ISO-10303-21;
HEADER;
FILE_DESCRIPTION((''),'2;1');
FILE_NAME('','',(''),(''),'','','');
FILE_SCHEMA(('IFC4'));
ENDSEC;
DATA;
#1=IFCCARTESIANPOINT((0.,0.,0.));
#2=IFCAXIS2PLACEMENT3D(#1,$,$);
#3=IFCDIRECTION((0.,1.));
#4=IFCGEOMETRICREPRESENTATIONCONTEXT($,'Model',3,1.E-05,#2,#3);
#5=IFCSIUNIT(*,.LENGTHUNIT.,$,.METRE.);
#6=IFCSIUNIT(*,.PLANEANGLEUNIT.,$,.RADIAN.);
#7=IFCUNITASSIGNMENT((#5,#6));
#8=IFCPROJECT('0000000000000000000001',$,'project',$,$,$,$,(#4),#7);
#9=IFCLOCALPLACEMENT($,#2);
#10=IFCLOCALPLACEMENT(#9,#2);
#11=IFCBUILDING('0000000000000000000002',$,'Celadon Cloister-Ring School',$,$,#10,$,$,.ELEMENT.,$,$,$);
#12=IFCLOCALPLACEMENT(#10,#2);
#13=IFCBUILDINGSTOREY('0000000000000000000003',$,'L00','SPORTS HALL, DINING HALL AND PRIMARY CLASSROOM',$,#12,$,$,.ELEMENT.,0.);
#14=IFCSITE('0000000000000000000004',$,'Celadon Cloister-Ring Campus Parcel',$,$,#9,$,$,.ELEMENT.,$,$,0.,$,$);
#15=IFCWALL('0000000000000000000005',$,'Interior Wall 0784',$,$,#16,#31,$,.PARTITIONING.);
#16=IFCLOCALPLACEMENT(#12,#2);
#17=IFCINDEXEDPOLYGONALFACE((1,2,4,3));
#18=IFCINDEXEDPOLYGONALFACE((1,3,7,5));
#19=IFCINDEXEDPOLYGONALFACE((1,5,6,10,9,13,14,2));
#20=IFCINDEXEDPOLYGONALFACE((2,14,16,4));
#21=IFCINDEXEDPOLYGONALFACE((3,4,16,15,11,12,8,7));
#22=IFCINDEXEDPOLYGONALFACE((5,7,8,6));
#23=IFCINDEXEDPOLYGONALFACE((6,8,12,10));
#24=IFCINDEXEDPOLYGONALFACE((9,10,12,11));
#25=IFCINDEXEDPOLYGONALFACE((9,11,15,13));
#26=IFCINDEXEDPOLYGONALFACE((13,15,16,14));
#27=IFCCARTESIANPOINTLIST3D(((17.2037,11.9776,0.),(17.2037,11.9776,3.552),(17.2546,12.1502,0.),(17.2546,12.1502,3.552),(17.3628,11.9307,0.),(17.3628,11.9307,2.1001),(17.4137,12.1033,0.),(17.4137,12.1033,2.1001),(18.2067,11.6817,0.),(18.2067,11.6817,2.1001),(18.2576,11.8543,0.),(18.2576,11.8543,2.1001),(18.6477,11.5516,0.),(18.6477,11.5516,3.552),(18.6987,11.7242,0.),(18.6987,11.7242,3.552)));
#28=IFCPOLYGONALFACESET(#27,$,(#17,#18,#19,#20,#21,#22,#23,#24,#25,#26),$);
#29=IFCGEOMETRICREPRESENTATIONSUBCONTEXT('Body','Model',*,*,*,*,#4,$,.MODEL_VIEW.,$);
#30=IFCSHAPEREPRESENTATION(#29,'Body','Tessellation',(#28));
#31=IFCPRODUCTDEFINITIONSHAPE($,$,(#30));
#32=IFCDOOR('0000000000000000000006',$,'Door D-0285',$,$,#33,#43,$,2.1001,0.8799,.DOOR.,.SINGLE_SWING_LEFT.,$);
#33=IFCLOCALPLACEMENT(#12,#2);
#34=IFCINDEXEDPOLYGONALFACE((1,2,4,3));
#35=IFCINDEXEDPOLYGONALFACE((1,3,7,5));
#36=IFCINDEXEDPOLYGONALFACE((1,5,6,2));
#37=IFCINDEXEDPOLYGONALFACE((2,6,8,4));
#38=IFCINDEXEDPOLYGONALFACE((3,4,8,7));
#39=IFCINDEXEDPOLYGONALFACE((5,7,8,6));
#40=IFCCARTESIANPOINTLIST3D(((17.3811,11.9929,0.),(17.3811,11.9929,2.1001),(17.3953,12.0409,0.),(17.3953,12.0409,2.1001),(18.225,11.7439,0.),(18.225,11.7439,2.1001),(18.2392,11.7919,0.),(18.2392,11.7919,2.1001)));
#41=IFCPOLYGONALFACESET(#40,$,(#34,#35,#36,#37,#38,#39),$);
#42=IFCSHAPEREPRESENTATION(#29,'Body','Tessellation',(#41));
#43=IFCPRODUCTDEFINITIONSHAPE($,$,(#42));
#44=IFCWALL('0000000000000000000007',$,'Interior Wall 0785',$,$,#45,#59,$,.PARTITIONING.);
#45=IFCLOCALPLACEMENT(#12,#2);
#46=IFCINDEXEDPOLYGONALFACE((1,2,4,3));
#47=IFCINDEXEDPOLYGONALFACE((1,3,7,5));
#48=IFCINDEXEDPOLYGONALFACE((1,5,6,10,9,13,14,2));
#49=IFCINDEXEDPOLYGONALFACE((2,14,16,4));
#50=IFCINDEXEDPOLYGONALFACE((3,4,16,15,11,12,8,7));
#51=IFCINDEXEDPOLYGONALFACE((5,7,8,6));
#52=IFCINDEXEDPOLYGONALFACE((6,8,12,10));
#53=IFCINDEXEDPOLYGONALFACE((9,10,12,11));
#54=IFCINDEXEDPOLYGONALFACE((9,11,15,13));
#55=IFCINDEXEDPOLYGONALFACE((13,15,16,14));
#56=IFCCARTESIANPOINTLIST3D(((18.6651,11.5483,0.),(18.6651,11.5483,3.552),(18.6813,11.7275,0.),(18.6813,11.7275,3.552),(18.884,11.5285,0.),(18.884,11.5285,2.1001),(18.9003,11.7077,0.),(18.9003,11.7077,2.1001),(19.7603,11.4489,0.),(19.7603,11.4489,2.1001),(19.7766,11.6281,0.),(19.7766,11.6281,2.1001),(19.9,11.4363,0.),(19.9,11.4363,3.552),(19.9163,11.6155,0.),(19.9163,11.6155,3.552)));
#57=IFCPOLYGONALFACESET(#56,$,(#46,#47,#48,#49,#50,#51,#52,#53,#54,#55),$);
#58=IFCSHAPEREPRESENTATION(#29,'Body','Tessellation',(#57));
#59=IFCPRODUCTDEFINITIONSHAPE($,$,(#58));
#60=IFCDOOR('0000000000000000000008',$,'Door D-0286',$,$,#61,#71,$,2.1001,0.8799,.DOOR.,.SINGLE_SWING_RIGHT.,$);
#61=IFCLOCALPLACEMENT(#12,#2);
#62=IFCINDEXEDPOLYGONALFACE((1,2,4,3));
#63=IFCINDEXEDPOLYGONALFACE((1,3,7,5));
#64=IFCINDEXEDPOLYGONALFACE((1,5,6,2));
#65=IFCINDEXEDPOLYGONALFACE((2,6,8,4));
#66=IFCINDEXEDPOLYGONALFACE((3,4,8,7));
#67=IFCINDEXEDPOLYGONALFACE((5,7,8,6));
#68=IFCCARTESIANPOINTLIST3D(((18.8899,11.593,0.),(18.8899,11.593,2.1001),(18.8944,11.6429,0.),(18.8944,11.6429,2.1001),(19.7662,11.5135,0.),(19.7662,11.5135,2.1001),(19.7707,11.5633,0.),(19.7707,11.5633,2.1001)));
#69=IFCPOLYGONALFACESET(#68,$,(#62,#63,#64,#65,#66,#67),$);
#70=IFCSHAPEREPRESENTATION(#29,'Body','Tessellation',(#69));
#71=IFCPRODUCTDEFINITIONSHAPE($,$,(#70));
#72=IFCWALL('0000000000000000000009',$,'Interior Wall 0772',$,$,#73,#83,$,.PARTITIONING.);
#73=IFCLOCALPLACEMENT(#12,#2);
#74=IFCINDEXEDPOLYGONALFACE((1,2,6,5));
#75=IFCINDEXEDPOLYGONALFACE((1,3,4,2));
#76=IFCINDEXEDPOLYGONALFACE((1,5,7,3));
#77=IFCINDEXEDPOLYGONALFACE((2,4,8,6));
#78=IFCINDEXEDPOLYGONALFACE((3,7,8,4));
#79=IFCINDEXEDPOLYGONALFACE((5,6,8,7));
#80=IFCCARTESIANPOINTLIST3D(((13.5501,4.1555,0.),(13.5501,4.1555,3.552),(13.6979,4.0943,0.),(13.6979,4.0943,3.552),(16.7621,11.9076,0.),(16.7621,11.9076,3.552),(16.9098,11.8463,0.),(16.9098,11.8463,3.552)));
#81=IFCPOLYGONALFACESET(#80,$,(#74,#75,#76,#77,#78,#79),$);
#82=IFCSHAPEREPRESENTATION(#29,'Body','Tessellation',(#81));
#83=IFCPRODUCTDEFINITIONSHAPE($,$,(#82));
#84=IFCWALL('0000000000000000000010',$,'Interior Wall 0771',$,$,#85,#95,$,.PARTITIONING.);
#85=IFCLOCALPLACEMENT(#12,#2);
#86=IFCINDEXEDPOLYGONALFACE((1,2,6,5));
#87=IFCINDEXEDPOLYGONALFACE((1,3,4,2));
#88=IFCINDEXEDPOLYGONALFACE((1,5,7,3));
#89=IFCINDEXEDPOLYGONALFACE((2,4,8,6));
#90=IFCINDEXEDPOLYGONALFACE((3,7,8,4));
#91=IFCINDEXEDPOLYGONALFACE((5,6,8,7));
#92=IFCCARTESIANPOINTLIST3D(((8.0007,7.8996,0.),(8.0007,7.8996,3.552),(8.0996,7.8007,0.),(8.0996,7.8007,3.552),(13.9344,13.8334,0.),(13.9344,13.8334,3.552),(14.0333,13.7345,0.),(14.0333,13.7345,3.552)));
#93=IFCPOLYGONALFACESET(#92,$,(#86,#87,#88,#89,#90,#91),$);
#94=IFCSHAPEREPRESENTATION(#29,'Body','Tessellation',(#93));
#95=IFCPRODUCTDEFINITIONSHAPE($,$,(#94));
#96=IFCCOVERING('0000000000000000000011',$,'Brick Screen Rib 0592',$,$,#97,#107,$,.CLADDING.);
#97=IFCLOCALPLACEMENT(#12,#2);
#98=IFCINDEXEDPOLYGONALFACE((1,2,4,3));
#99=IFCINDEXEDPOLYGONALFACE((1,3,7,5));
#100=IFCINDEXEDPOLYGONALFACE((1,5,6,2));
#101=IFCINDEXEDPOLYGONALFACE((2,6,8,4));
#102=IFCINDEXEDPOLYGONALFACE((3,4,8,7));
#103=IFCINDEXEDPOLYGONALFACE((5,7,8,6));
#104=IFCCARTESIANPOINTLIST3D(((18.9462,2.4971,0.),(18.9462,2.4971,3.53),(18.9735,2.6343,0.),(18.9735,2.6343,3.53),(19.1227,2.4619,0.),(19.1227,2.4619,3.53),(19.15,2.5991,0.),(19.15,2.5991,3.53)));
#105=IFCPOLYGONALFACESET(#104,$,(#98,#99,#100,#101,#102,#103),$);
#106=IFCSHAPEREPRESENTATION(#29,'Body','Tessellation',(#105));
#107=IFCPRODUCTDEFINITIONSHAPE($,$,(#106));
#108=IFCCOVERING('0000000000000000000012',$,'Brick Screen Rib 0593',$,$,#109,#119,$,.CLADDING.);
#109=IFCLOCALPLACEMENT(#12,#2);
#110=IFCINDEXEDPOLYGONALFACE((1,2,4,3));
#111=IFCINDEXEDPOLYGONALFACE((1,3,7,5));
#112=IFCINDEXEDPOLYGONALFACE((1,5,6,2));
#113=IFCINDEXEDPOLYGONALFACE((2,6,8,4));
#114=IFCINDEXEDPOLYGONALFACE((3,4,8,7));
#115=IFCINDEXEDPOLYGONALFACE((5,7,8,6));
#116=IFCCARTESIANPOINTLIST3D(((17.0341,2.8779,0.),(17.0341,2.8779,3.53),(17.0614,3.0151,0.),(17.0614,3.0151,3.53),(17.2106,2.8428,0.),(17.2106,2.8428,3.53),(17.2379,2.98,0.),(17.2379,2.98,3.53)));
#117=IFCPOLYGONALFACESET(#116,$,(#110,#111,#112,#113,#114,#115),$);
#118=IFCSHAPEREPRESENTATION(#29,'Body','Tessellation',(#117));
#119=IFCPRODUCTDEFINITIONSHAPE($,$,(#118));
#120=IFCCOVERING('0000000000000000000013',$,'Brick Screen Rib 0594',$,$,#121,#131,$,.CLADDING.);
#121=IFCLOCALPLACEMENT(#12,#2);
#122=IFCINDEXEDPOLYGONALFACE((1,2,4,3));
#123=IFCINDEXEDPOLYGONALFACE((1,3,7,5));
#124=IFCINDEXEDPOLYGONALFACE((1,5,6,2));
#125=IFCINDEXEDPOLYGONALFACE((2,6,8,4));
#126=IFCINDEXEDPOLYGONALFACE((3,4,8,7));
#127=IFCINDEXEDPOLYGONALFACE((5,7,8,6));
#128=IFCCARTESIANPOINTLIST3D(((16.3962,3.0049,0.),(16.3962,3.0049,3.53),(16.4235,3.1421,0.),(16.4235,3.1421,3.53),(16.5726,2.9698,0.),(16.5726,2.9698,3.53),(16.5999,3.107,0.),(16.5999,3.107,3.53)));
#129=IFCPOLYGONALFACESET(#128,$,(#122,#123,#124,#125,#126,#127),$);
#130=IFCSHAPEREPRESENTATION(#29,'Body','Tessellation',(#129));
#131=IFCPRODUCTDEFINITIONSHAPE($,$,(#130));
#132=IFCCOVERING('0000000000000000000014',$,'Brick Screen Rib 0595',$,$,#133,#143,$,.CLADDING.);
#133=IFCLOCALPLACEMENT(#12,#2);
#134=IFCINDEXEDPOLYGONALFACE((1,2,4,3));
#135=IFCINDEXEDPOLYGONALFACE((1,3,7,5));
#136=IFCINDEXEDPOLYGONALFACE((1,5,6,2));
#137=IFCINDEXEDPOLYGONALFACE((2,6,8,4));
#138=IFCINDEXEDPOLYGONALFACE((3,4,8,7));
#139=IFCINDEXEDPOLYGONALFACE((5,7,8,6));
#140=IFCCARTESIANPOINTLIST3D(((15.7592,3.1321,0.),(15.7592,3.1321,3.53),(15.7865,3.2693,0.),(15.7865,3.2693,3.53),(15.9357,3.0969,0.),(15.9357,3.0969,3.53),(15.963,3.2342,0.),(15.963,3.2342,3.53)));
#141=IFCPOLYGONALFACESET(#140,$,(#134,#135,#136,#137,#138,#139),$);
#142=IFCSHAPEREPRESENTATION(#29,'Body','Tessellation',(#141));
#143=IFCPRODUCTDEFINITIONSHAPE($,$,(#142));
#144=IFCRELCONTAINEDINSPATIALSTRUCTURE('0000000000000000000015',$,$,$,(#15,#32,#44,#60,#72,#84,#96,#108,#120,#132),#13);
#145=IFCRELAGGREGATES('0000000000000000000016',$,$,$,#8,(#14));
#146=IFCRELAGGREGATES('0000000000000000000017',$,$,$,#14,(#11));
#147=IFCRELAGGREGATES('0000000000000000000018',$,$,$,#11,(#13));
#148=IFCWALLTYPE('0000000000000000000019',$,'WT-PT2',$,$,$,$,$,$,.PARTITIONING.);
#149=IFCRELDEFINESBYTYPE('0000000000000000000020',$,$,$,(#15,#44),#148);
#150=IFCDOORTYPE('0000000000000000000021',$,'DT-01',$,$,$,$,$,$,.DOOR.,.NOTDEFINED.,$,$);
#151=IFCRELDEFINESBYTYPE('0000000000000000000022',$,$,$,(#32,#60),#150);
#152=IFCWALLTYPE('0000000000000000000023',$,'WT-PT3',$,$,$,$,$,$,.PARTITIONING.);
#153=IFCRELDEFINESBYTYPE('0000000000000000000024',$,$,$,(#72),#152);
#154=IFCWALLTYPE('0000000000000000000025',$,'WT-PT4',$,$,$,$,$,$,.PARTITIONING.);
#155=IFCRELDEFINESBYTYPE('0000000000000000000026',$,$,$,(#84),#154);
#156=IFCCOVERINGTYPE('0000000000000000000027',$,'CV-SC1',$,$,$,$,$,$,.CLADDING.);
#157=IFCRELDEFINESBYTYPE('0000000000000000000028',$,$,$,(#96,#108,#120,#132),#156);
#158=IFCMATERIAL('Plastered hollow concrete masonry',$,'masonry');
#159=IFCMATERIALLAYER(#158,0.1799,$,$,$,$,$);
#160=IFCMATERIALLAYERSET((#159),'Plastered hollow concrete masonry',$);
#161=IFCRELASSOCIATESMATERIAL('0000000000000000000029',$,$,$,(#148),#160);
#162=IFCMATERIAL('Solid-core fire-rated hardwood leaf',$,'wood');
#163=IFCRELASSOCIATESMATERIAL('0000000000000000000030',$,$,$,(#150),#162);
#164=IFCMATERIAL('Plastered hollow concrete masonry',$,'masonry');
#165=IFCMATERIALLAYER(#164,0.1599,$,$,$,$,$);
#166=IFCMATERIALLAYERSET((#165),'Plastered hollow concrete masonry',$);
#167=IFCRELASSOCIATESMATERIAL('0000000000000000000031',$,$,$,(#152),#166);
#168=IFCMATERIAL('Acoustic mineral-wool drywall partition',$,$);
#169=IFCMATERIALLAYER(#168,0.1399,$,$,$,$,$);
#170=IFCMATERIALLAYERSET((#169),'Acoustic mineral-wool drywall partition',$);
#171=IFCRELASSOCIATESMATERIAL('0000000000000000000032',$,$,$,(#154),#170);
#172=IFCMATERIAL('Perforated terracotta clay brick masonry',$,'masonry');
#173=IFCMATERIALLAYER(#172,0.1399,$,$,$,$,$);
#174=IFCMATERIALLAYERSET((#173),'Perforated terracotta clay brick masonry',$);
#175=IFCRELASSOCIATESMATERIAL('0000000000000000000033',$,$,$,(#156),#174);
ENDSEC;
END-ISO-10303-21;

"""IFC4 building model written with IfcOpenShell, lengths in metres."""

from ifc_helpers import new_model, si_unit, direction, frame, frame_2d, origin, origin_2d, place, context, subcontext, project, spatial, rectangle, extrude, material, layer, layer_set, type_object, element, fill, save


model = new_model("IFC4")

# Units and contexts
model_context = context("Model", 3, precision=1e-05, world=origin(), true_north=direction((0.0, 1.0)))
body_context = subcontext(model_context, "Body", "Model", "MODEL_VIEW")
ifc_project = project(units=[si_unit("LENGTHUNIT", "METRE"), si_unit("PLANEANGLEUNIT", "RADIAN")], contexts=[model_context])

# Site, building, storey
site_placement = place(None, origin())
site = spatial("IfcSite", under=ifc_project, at=site_placement, Name="Celadon Cloister-Ring Campus Parcel", CompositionType="ELEMENT", RefElevation=0.0)
building_placement = place(site_placement, origin())
building = spatial("IfcBuilding", under=site, at=building_placement, Name="Celadon Cloister-Ring School", CompositionType="ELEMENT")
storey_placement = place(building_placement, origin())
storey = spatial("IfcBuildingStorey", under=building, at=storey_placement, Name="L00", Description="SPORTS HALL, DINING HALL AND PRIMARY CLASSROOM", CompositionType="ELEMENT", Elevation=0.0)

# Shared definitions
ifc_material_1 = material(Name="Plastered hollow concrete masonry", Category="masonry")
ifc_layer_1 = layer(ifc_material_1, 0.1799)
ifc_layer_set_1 = layer_set([ifc_layer_1], Name="Plastered hollow concrete masonry")
wall_type_1 = type_object("IfcWallType", Name="WT-PT2", PredefinedType="PARTITIONING", material=ifc_layer_set_1)

# Walls, openings, doors
wall_1_placement = place(storey_placement, frame((17.229, 12.064, 0.0), z_axis=(0.0, 0.0, 1.0), x_axis=(0.959133, -0.282956, 0.0)))
wall_1 = element("IfcWall", 1, at=wall_1_placement, inside=storey, type_object=wall_type_1, Name="Interior Wall 0784", PredefinedType="PARTITIONING", context=body_context, shape_type="SweptSolid", body=[
    extrude(rectangle(XDim=1.5056, YDim=0.1799, at=frame_2d((0.7529, 0.0))), origin(), (0.0, 0.0, 1.0), 3.552),
])
opening_1_placement = place(wall_1_placement, frame((0.166, 0.0, 0.0)))
opening_1 = element("IfcOpeningElement", 2, at=opening_1_placement, cuts=wall_1, PredefinedType="OPENING", context=body_context, shape_type="SweptSolid", body=[
    extrude(rectangle(XDim=0.8799, YDim=2.1001, at=frame_2d((0.4399, 1.05))), frame((0.0, 0.1001, 0.0), z_axis=(0.0, -1.0, 0.0), x_axis=(1.0, 0.0, 0.0)), (0.0, 0.0, 1.0), 0.2),
])
ifc_material_2 = material(Name="Solid-core fire-rated hardwood leaf", Category="wood")
door_type = type_object("IfcDoorType", Name="DT-01", OperationType="NOTDEFINED", PredefinedType="DOOR", material=ifc_material_2)
door_1_placement = place(opening_1_placement, origin())
door_1 = element("IfcDoor", 3, at=door_1_placement, inside=storey, type_object=door_type, Name="Door D-0285", OperationType="SINGLE_SWING_LEFT", OverallHeight=2.1001, OverallWidth=0.8799, PredefinedType="DOOR", context=body_context, shape_type="SweptSolid", body=[
    extrude(rectangle(XDim=0.8799, YDim=2.1001, at=frame_2d((0.4399, 1.05))), frame((0.0, 0.0249, 0.0), z_axis=(0.0, -1.0, 0.0), x_axis=(1.0, 0.0, 0.0)), (0.0, 0.0, 1.0), 0.05),
])
fill(opening_1, door_1)
wall_2_placement = place(storey_placement, frame((18.6731, 11.6379, 0.0), z_axis=(0.0, 0.0, 1.0), x_axis=(0.995908, -0.090376, 0.0)))
wall_2 = element("IfcWall", 4, at=wall_2_placement, inside=storey, type_object=wall_type_1, Name="Interior Wall 0785", PredefinedType="PARTITIONING", context=body_context, shape_type="SweptSolid", body=[
    extrude(rectangle(XDim=1.24, YDim=0.1799, at=frame_2d((0.6201, 0.0))), origin(), (0.0, 0.0, 1.0), 3.552),
])
opening_2_placement = place(wall_2_placement, frame((0.22, 0.0, 0.0)))
opening_2 = element("IfcOpeningElement", 5, at=opening_2_placement, cuts=wall_2, PredefinedType="OPENING", context=body_context, shape_type="SweptSolid", body=[
    extrude(rectangle(XDim=0.8799, YDim=2.1001, at=frame_2d((0.4399, 1.05))), frame((0.0, 0.1001, 0.0), z_axis=(0.0, -1.0, 0.0), x_axis=(1.0, 0.0, 0.0)), (0.0, 0.0, 1.0), 0.2),
])
door_2_placement = place(opening_2_placement, origin())
door_2 = element("IfcDoor", 6, at=door_2_placement, inside=storey, type_object=door_type, Name="Door D-0286", OperationType="SINGLE_SWING_RIGHT", OverallHeight=2.1001, OverallWidth=0.8799, PredefinedType="DOOR", context=body_context, shape_type="SweptSolid", body=[
    extrude(rectangle(XDim=0.8799, YDim=2.1001, at=frame_2d((0.4399, 1.05))), frame((0.0, 0.0249, 0.0), z_axis=(0.0, -1.0, 0.0), x_axis=(1.0, 0.0, 0.0)), (0.0, 0.0, 1.0), 0.05),
])
fill(opening_2, door_2)

# Walls
ifc_material_3 = material(Name="Plastered hollow concrete masonry", Category="masonry")
ifc_layer_2 = layer(ifc_material_3, 0.1599)
ifc_layer_set_2 = layer_set([ifc_layer_2], Name="Plastered hollow concrete masonry")
wall_type_2 = type_object("IfcWallType", Name="WT-PT3", PredefinedType="PARTITIONING", material=ifc_layer_set_2)
wall_3_placement = place(storey_placement, frame((16.8359, 11.877, 0.0), z_axis=(0.0, 0.0, 1.0), x_axis=(-0.38278, -0.92384, 0.0)))
element("IfcWall", 7, at=wall_3_placement, inside=storey, type_object=wall_type_2, Name="Interior Wall 0772", PredefinedType="PARTITIONING", context=body_context, shape_type="SweptSolid", body=[
    extrude(rectangle(XDim=8.3911, YDim=0.1599, at=frame_2d((4.1956, 0.0))), origin(), (0.0, 0.0, 1.0), 3.552),
])
ifc_material_4 = material(Name="Acoustic mineral-wool drywall partition")
ifc_layer_3 = layer(ifc_material_4, 0.1399)
ifc_layer_set_3 = layer_set([ifc_layer_3], Name="Acoustic mineral-wool drywall partition")
wall_type_3 = type_object("IfcWallType", Name="WT-PT4", PredefinedType="PARTITIONING", material=ifc_layer_set_3)
wall_4_placement = place(storey_placement, frame((13.9839, 13.7839, 0.0), z_axis=(0.0, 0.0, 1.0), x_axis=(-0.707107, -0.707107, 0.0)))
element("IfcWall", 8, at=wall_4_placement, inside=storey, type_object=wall_type_3, Name="Interior Wall 0771", PredefinedType="PARTITIONING", context=body_context, shape_type="SweptSolid", body=[
    extrude(rectangle(XDim=8.3916, YDim=0.1399, at=frame_2d((4.1958, 0.0))), origin(), (0.0, 0.0, 1.0), 3.552),
])

# Coverings
ifc_material_5 = material(Name="Perforated terracotta clay brick masonry", Category="masonry")
ifc_layer_4 = layer(ifc_material_5, 0.1399)
ifc_layer_set_4 = layer_set([ifc_layer_4], Name="Perforated terracotta clay brick masonry")
covering_type = type_object("IfcCoveringType", Name="CV-SC1", PredefinedType="CLADDING", material=ifc_layer_set_4)
for number, where, z_axis, x_axis, name in (
    (9, (19.0481, 2.5481, 0.0), (0.0, 0.0, 1.0), (-0.980775, 0.195142, 0.0), "Brick Screen Rib 0592"),
    (10, (17.136, 2.929, 0.0), (0.0, 0.0, 1.0), (-0.980775, 0.195142, 0.0), "Brick Screen Rib 0593"),
    (11, (16.498, 3.0559, 0.0), (0.0, 0.0, 1.0), (-0.980775, 0.195142, 0.0), "Brick Screen Rib 0594"),
    (12, (15.8611, 3.1831, 0.0), (0.0, 0.0, 1.0), (-0.980775, 0.195142, 0.0), "Brick Screen Rib 0595"),
):
    element("IfcCovering", number, at=place(storey_placement, frame(where, z_axis=z_axis, x_axis=x_axis)), inside=storey, type_object=covering_type, Name=name, PredefinedType="CLADDING", context=body_context, shape_type="SweptSolid", body=[
        extrude(rectangle(XDim=0.1799, YDim=0.1399, at=origin_2d()), origin(), (0.0, 0.0, 1.0), 3.53),
    ])

save(model, "model.ifc")
